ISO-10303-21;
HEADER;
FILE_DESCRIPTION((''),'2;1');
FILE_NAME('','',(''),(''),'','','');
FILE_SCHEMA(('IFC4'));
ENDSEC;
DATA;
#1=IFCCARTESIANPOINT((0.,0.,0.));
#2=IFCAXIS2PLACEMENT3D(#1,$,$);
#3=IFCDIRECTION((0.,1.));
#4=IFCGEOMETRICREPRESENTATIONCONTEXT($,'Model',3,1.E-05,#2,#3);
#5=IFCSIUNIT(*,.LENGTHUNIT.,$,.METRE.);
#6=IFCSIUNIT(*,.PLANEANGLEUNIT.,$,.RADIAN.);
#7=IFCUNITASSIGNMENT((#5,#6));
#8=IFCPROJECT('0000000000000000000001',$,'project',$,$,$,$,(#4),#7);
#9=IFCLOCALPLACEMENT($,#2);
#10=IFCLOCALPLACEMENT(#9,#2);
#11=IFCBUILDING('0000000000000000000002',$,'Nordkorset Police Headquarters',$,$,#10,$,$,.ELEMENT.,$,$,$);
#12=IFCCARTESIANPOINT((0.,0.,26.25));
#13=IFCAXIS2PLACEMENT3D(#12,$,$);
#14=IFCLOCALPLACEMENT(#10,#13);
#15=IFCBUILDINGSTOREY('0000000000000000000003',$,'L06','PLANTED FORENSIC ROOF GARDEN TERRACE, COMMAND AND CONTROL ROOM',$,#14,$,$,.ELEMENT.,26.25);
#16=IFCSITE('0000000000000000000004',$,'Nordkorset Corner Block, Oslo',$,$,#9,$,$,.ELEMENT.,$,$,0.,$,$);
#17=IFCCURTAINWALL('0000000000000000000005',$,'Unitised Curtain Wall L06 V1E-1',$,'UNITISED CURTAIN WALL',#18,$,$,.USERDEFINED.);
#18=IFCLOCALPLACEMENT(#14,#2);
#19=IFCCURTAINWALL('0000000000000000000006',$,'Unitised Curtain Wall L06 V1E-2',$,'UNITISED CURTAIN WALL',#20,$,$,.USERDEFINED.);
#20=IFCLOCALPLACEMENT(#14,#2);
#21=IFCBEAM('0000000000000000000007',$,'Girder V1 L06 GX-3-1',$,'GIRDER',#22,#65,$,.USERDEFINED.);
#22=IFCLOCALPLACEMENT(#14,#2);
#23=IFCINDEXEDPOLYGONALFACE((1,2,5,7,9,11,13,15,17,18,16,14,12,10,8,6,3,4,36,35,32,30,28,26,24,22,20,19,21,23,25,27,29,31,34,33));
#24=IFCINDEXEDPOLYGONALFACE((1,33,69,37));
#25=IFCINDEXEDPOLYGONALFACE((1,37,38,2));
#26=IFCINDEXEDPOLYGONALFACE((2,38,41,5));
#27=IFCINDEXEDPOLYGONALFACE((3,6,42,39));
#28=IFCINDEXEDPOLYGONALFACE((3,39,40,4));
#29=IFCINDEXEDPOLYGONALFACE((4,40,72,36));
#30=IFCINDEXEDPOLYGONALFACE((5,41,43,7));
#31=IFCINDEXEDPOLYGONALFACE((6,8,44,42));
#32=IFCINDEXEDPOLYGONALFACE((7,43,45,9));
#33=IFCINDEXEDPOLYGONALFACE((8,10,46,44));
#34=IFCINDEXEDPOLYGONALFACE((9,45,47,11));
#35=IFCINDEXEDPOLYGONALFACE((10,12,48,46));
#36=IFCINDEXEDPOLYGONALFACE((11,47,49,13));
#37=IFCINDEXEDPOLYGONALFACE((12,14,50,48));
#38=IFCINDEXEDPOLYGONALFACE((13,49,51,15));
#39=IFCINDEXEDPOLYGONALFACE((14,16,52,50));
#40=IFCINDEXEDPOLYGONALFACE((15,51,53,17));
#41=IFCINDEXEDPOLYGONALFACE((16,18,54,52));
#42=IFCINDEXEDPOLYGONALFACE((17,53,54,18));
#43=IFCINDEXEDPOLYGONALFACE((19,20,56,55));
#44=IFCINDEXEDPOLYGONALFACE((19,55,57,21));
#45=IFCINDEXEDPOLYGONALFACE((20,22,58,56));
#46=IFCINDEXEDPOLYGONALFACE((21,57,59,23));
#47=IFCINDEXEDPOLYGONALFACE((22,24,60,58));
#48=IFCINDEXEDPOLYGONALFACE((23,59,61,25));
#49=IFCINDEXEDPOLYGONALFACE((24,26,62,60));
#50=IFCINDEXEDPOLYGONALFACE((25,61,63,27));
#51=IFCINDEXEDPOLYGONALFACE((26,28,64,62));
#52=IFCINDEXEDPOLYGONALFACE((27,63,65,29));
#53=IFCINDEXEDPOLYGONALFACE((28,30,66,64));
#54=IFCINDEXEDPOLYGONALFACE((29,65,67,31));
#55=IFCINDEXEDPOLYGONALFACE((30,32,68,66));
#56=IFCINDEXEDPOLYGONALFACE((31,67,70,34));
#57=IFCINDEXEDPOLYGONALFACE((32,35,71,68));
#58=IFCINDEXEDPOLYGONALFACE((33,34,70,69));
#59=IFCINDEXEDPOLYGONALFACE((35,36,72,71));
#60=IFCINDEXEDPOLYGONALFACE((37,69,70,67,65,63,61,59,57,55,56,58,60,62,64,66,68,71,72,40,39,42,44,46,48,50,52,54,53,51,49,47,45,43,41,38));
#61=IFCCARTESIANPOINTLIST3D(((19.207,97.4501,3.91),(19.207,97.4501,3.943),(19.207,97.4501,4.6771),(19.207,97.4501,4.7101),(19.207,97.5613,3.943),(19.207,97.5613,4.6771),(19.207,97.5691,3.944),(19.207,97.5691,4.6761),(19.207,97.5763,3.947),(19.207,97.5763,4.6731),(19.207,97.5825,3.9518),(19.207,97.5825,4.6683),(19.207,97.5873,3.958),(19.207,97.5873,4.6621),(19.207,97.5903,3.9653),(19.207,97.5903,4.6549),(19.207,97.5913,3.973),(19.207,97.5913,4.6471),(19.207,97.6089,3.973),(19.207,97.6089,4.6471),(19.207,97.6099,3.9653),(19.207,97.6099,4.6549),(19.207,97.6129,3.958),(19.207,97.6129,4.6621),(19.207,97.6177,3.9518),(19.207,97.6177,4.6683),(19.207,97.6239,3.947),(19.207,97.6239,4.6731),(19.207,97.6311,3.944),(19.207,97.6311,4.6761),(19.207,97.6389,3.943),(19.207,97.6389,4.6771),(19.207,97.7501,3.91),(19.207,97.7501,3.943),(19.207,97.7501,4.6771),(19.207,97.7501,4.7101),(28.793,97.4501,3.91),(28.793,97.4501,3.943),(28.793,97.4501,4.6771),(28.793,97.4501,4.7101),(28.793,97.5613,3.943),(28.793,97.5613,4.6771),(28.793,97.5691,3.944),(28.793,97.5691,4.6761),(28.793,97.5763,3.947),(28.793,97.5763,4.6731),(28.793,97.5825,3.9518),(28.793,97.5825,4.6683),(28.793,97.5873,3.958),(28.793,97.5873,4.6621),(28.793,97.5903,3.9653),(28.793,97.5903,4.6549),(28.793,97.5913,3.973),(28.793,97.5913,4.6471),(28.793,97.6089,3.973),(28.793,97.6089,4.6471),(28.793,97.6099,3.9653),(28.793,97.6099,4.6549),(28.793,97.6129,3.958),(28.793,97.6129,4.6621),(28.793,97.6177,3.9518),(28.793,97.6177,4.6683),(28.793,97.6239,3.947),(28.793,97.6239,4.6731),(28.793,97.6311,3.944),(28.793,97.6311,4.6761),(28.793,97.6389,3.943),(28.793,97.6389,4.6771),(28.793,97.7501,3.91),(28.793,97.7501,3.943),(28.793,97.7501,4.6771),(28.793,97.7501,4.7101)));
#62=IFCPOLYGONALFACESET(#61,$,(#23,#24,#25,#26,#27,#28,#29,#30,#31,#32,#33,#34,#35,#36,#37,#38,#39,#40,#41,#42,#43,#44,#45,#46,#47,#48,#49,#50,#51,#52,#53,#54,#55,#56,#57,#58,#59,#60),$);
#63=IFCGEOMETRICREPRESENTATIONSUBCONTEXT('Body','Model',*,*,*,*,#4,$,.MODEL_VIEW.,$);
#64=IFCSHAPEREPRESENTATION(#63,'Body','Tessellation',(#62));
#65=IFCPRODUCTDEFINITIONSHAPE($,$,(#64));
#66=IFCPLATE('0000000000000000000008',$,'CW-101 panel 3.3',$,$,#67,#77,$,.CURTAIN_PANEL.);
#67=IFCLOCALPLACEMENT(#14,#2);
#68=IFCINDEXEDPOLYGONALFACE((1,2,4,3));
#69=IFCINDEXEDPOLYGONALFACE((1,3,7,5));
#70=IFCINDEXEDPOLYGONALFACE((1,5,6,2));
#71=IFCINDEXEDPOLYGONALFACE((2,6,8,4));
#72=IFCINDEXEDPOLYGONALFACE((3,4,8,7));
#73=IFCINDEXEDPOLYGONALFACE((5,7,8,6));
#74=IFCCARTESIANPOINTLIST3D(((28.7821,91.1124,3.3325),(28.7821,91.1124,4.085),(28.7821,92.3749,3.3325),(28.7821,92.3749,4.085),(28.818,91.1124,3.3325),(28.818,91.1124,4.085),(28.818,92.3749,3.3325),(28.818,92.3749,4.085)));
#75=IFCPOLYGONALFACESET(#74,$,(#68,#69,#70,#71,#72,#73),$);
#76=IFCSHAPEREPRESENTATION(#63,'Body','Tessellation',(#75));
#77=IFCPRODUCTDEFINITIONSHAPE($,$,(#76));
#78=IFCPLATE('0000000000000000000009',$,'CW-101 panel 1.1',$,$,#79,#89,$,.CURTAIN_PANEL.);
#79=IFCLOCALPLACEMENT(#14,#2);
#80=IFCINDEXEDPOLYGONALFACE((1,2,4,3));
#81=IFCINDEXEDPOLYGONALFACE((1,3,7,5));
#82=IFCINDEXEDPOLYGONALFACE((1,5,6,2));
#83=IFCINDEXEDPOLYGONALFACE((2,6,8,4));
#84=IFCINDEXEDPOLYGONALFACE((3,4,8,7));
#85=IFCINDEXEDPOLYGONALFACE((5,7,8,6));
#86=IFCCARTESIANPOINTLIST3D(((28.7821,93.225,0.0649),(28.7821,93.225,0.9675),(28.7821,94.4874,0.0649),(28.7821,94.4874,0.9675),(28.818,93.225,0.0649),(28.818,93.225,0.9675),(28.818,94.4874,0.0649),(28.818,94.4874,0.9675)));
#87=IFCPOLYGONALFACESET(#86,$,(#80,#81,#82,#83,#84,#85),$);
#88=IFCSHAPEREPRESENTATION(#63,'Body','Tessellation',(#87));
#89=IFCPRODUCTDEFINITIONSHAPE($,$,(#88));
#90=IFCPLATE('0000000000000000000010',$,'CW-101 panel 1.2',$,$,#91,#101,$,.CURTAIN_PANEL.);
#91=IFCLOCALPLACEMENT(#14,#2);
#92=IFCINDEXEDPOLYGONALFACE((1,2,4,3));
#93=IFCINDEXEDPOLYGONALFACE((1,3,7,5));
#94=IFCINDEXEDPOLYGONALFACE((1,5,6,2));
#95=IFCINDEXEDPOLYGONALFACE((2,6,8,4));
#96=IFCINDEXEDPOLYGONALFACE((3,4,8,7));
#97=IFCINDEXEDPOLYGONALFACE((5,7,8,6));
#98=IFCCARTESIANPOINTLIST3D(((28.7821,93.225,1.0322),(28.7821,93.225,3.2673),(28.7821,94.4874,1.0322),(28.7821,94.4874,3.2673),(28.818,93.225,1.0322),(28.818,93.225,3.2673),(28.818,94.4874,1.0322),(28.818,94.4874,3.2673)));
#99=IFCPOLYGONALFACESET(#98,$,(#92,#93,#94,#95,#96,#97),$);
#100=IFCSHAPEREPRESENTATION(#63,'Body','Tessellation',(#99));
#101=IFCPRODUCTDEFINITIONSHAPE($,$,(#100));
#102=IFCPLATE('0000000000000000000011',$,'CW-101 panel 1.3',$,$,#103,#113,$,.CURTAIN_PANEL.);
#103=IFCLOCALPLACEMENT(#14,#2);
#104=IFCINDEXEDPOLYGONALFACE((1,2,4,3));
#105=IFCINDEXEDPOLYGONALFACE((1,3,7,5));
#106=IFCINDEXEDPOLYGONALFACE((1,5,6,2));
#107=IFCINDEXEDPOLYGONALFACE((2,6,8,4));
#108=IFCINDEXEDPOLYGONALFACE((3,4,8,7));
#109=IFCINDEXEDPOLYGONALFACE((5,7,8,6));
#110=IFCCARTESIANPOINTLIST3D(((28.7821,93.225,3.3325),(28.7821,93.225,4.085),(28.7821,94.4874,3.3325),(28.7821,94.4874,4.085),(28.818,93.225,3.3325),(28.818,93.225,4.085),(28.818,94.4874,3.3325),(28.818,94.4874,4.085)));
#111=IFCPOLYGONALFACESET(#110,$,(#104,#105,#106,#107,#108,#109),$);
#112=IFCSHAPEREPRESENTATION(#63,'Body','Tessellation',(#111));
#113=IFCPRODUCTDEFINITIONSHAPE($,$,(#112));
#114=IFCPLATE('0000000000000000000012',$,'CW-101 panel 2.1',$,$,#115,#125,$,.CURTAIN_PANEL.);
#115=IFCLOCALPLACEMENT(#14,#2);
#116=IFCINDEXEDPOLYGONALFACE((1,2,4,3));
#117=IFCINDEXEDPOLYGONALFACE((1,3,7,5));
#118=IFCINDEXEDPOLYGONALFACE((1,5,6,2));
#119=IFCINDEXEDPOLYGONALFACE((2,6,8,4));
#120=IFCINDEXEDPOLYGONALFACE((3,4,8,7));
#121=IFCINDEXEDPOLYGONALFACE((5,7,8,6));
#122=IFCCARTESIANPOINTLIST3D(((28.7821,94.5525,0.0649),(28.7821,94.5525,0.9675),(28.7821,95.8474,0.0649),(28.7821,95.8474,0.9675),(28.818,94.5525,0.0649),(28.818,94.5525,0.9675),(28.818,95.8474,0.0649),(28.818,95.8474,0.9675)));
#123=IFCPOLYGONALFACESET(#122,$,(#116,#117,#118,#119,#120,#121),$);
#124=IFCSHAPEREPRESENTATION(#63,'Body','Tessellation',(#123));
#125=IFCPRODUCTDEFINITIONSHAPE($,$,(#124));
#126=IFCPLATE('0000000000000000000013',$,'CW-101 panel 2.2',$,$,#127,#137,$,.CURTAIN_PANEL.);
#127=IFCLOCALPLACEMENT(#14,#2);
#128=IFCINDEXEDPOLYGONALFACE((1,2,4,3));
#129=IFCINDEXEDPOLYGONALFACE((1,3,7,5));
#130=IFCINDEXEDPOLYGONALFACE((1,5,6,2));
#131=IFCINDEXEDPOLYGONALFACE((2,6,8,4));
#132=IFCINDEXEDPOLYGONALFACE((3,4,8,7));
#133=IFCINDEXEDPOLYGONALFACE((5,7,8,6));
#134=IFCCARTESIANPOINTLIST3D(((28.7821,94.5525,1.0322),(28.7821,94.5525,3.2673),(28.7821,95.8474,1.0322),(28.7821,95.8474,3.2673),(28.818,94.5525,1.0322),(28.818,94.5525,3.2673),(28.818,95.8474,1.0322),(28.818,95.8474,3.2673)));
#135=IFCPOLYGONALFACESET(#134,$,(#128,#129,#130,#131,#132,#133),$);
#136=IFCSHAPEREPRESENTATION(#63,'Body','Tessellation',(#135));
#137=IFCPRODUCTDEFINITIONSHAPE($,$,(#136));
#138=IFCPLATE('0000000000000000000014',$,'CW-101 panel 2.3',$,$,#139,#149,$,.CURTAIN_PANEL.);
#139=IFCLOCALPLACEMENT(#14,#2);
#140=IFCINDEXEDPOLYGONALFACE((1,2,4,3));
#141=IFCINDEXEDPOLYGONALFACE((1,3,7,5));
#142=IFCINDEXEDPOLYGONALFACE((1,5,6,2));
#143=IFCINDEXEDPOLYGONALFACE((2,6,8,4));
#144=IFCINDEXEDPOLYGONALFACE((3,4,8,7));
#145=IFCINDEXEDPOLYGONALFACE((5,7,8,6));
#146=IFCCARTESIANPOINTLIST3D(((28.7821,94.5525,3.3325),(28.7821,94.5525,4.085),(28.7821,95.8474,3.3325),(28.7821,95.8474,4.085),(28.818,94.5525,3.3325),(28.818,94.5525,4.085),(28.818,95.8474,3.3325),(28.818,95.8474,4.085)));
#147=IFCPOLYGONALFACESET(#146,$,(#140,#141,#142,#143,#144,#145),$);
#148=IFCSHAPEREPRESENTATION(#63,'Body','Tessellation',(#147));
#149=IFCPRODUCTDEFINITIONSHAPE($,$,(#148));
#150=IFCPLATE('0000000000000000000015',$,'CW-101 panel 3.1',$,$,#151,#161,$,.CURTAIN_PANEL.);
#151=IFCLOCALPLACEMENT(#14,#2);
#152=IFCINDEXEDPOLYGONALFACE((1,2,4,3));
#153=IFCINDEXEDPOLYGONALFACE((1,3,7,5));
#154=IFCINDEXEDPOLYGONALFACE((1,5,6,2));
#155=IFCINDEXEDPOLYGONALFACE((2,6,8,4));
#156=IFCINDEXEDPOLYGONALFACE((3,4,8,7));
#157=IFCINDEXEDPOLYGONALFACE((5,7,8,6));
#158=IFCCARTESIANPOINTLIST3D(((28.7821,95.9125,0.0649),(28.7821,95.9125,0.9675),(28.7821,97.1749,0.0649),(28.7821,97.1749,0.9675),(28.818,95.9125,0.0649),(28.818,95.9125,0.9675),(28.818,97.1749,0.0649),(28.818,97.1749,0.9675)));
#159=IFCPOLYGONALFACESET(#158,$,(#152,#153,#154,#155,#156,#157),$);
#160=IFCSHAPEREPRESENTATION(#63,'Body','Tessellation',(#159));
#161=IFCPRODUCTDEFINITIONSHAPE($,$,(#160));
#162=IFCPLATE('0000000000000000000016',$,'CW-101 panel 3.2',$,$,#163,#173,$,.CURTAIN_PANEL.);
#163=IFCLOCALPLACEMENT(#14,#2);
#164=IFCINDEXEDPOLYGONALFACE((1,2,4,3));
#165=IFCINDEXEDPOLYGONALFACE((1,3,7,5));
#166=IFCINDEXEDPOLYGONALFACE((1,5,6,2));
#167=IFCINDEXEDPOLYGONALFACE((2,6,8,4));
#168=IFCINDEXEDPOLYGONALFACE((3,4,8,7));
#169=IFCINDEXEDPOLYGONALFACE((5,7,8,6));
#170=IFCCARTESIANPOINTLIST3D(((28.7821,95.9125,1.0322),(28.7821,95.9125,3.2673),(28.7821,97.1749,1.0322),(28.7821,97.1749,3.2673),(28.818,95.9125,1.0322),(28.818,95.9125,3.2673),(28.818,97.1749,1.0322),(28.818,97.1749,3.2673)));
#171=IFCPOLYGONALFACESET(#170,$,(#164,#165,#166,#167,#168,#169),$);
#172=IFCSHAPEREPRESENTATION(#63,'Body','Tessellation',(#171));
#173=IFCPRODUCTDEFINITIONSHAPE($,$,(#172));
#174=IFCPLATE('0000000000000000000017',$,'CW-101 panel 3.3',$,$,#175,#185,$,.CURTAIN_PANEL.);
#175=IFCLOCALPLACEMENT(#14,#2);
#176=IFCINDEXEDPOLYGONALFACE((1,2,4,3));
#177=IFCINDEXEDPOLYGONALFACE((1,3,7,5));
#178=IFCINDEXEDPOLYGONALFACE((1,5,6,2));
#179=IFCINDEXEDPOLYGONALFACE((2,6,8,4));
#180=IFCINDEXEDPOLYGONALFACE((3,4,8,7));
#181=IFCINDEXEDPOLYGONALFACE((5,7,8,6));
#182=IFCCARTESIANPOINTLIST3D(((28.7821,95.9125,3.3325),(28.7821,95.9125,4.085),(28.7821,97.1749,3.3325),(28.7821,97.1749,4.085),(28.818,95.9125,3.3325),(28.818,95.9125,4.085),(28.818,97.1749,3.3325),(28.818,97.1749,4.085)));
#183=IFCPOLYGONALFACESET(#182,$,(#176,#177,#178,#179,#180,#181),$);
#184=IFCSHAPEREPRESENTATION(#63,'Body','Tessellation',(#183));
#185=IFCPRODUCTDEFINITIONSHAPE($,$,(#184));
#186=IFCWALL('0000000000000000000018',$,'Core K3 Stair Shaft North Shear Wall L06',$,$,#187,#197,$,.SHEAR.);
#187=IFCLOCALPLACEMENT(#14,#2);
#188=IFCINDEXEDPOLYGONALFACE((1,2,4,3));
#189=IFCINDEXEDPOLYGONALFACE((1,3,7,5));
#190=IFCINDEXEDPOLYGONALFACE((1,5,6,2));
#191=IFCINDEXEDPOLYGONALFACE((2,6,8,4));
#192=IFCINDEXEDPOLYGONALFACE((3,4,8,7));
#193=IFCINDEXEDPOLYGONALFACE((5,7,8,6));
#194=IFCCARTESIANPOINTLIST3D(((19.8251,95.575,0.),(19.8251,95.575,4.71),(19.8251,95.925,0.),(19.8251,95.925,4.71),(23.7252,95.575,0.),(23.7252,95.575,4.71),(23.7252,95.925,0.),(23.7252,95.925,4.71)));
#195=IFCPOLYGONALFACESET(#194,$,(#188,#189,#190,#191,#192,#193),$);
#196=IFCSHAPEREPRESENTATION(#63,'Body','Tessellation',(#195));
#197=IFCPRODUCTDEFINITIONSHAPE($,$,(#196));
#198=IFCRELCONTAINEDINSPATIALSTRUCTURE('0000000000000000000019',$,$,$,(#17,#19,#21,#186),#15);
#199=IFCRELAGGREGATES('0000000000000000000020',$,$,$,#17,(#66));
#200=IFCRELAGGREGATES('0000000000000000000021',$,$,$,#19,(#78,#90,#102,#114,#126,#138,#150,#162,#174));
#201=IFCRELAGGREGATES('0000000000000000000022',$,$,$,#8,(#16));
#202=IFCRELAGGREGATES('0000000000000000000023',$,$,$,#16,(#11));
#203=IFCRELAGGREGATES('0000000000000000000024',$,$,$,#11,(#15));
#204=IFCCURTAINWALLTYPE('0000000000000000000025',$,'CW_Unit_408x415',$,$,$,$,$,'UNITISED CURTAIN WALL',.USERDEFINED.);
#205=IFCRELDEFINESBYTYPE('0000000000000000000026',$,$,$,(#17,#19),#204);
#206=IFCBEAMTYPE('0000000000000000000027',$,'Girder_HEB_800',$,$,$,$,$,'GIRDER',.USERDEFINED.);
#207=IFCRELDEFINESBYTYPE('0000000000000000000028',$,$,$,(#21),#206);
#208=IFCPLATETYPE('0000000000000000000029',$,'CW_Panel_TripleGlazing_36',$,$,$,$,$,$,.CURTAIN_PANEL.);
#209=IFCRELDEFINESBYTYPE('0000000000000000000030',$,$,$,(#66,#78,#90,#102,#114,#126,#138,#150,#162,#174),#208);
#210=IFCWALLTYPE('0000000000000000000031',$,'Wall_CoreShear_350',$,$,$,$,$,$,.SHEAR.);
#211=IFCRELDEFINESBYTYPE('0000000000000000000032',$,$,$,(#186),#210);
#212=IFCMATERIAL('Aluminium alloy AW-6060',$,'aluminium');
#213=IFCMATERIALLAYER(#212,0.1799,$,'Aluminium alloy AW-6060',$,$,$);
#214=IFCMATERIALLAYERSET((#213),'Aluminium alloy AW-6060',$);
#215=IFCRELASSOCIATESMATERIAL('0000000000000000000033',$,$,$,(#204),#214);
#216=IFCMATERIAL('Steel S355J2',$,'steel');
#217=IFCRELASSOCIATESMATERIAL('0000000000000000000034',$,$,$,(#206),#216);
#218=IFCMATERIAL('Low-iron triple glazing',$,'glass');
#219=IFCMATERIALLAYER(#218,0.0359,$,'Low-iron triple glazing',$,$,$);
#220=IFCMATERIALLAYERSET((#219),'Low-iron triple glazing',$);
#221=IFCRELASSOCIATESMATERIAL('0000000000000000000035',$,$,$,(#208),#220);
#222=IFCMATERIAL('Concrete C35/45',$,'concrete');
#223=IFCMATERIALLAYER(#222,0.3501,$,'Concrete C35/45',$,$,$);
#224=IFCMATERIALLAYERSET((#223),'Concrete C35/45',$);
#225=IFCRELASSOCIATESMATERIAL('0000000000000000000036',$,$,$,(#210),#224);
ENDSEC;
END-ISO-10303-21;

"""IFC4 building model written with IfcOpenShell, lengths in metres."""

from ifc_helpers import new_model, si_unit, direction, frame, frame_2d, origin, origin_2d, place, context, subcontext, project, spatial, rectangle, i_section, extrude, material, layer, layer_set, material_profile, profile_set, type_object, element, aggregate, save


model = new_model("IFC4")

# Units and contexts
model_context = context("Model", 3, precision=1e-05, world=origin(), true_north=direction((0.0, 1.0)))
body_context = subcontext(model_context, "Body", "Model", "MODEL_VIEW")
ifc_project = project(units=[si_unit("LENGTHUNIT", "METRE"), si_unit("PLANEANGLEUNIT", "RADIAN")], contexts=[model_context])

# Site, building, storey
site_placement = place(None, origin())
site = spatial("IfcSite", under=ifc_project, at=site_placement, Name="Nordkorset Corner Block, Oslo", CompositionType="ELEMENT", RefElevation=0.0)
building_placement = place(site_placement, origin())
building = spatial("IfcBuilding", under=site, at=building_placement, Name="Nordkorset Police Headquarters", CompositionType="ELEMENT")
storey_placement = place(building_placement, frame((0.0, 0.0, 26.25)))
storey = spatial("IfcBuildingStorey", under=building, at=storey_placement, Name="L06", Description="PLANTED FORENSIC ROOF GARDEN TERRACE, COMMAND AND CONTROL ROOM", CompositionType="ELEMENT", Elevation=26.25)

# Curtain wall
ifc_material_1 = material(Name="Aluminium alloy AW-6060", Category="aluminium")
ifc_layer_1 = layer(ifc_material_1, 0.1799, Name="Aluminium alloy AW-6060")
ifc_layer_set_1 = layer_set([ifc_layer_1], Name="Aluminium alloy AW-6060")
curtain_wall_type = type_object("IfcCurtainWallType", Name="CW_Unit_408x415", ElementType="UNITISED CURTAIN WALL", PredefinedType="USERDEFINED", material=ifc_layer_set_1)
curtain_wall_1_placement = place(storey_placement, origin())
curtain_wall_1 = element("IfcCurtainWall", 1, at=curtain_wall_1_placement, inside=storey, type_object=curtain_wall_type, Name="Unitised Curtain Wall L06 V1E-1", ObjectType="UNITISED CURTAIN WALL", PredefinedType="USERDEFINED")

# Curtain wall
curtain_wall_2_placement = place(storey_placement, origin())
curtain_wall_2 = element("IfcCurtainWall", 2, at=curtain_wall_2_placement, inside=storey, type_object=curtain_wall_type, Name="Unitised Curtain Wall L06 V1E-2", ObjectType="UNITISED CURTAIN WALL", PredefinedType="USERDEFINED")

# Beam
ifc_material_2 = material(Name="Steel S355J2", Category="steel")
ifc_material_profile_1 = material_profile(ifc_material_2, i_section(OverallWidth=0.3, OverallDepth=0.8, WebThickness=0.0176, FlangeThickness=0.033, FilletRadius=0.03, at=origin_2d()), Name="HEB 800")
ifc_profile_set_1 = profile_set([ifc_material_profile_1], Name="Steel S355J2")
beam_type_1 = type_object("IfcBeamType", Name="Girder_HEB_800", ElementType="GIRDER", PredefinedType="USERDEFINED", material=ifc_profile_set_1)
beam_placement = place(storey_placement, frame((19.207, 97.6001, 4.3101), z_axis=(1.0, 0.0, 0.0), x_axis=(0.0, 1.0, 0.0)))
element("IfcBeam", 3, at=beam_placement, inside=storey, type_object=beam_type_1, Name="Girder V1 L06 GX-3-1", ObjectType="GIRDER", PredefinedType="USERDEFINED", context=body_context, shape_type="SweptSolid", body=[
    extrude(i_section(OverallWidth=0.3, OverallDepth=0.8, WebThickness=0.0176, FlangeThickness=0.033, FilletRadius=0.03, at=origin_2d()), origin(), (0.0, 0.0, 1.0), 9.5859),
])

# Plates
ifc_material_3 = material(Name="Low-iron triple glazing", Category="glass")
ifc_layer_2 = layer(ifc_material_3, 0.0359, Name="Low-iron triple glazing")
ifc_layer_set_2 = layer_set([ifc_layer_2], Name="Low-iron triple glazing")
plate_type = type_object("IfcPlateType", Name="CW_Panel_TripleGlazing_36", PredefinedType="CURTAIN_PANEL", material=ifc_layer_set_2)
plate_1_placement = place(storey_placement, frame((28.8, 91.7437, 3.3325), z_axis=(0.0, 0.0, 1.0), x_axis=(0.0, 1.0, 0.0)))
plate_1 = element("IfcPlate", 4, at=plate_1_placement, type_object=plate_type, Name="CW-101 panel 3.3", PredefinedType="CURTAIN_PANEL", context=body_context, shape_type="SweptSolid", body=[
    extrude(rectangle(XDim=1.2625, YDim=0.0359, at=origin_2d()), origin(), (0.0, 0.0, 1.0), 0.7524),
])
aggregate(curtain_wall_1, [plate_1])
plate_2_placement = place(storey_placement, frame((28.8, 93.8562, 0.0649), z_axis=(0.0, 0.0, 1.0), x_axis=(0.0, 1.0, 0.0)))
plate_2 = element("IfcPlate", 5, at=plate_2_placement, type_object=plate_type, Name="CW-101 panel 1.1", PredefinedType="CURTAIN_PANEL", context=body_context, shape_type="SweptSolid", body=[
    extrude(rectangle(XDim=1.2625, YDim=0.0359, at=origin_2d()), origin(), (0.0, 0.0, 1.0), 0.9026),
])
plate_3_placement = place(storey_placement, frame((28.8, 93.8562, 1.0322), z_axis=(0.0, 0.0, 1.0), x_axis=(0.0, 1.0, 0.0)))
plate_3 = element("IfcPlate", 6, at=plate_3_placement, type_object=plate_type, Name="CW-101 panel 1.2", PredefinedType="CURTAIN_PANEL", context=body_context, shape_type="SweptSolid", body=[
    extrude(rectangle(XDim=1.2625, YDim=0.0359, at=origin_2d()), origin(), (0.0, 0.0, 1.0), 2.2351),
])
plate_4_placement = place(storey_placement, frame((28.8, 93.8562, 3.3325), z_axis=(0.0, 0.0, 1.0), x_axis=(0.0, 1.0, 0.0)))
plate_4 = element("IfcPlate", 7, at=plate_4_placement, type_object=plate_type, Name="CW-101 panel 1.3", PredefinedType="CURTAIN_PANEL", context=body_context, shape_type="SweptSolid", body=[
    extrude(rectangle(XDim=1.2625, YDim=0.0359, at=origin_2d()), origin(), (0.0, 0.0, 1.0), 0.7524),
])
plate_5_placement = place(storey_placement, frame((28.8, 95.2, 0.0649), z_axis=(0.0, 0.0, 1.0), x_axis=(0.0, 1.0, 0.0)))
plate_5 = element("IfcPlate", 8, at=plate_5_placement, type_object=plate_type, Name="CW-101 panel 2.1", PredefinedType="CURTAIN_PANEL", context=body_context, shape_type="SweptSolid", body=[
    extrude(rectangle(XDim=1.2949, YDim=0.0359, at=origin_2d()), origin(), (0.0, 0.0, 1.0), 0.9026),
])
plate_6_placement = place(storey_placement, frame((28.8, 95.2, 1.0322), z_axis=(0.0, 0.0, 1.0), x_axis=(0.0, 1.0, 0.0)))
plate_6 = element("IfcPlate", 9, at=plate_6_placement, type_object=plate_type, Name="CW-101 panel 2.2", PredefinedType="CURTAIN_PANEL", context=body_context, shape_type="SweptSolid", body=[
    extrude(rectangle(XDim=1.2949, YDim=0.0359, at=origin_2d()), origin(), (0.0, 0.0, 1.0), 2.2351),
])
plate_7_placement = place(storey_placement, frame((28.8, 95.2, 3.3325), z_axis=(0.0, 0.0, 1.0), x_axis=(0.0, 1.0, 0.0)))
plate_7 = element("IfcPlate", 10, at=plate_7_placement, type_object=plate_type, Name="CW-101 panel 2.3", PredefinedType="CURTAIN_PANEL", context=body_context, shape_type="SweptSolid", body=[
    extrude(rectangle(XDim=1.2949, YDim=0.0359, at=origin_2d()), origin(), (0.0, 0.0, 1.0), 0.7524),
])
plate_8_placement = place(storey_placement, frame((28.8, 96.5437, 0.0649), z_axis=(0.0, 0.0, 1.0), x_axis=(0.0, 1.0, 0.0)))
plate_8 = element("IfcPlate", 11, at=plate_8_placement, type_object=plate_type, Name="CW-101 panel 3.1", PredefinedType="CURTAIN_PANEL", context=body_context, shape_type="SweptSolid", body=[
    extrude(rectangle(XDim=1.2625, YDim=0.0359, at=origin_2d()), origin(), (0.0, 0.0, 1.0), 0.9026),
])
plate_9_placement = place(storey_placement, frame((28.8, 96.5437, 1.0322), z_axis=(0.0, 0.0, 1.0), x_axis=(0.0, 1.0, 0.0)))
plate_9 = element("IfcPlate", 12, at=plate_9_placement, type_object=plate_type, Name="CW-101 panel 3.2", PredefinedType="CURTAIN_PANEL", context=body_context, shape_type="SweptSolid", body=[
    extrude(rectangle(XDim=1.2625, YDim=0.0359, at=origin_2d()), origin(), (0.0, 0.0, 1.0), 2.2351),
])
plate_10_placement = place(storey_placement, frame((28.8, 96.5437, 3.3325), z_axis=(0.0, 0.0, 1.0), x_axis=(0.0, 1.0, 0.0)))
plate_10 = element("IfcPlate", 13, at=plate_10_placement, type_object=plate_type, Name="CW-101 panel 3.3", PredefinedType="CURTAIN_PANEL", context=body_context, shape_type="SweptSolid", body=[
    extrude(rectangle(XDim=1.2625, YDim=0.0359, at=origin_2d()), origin(), (0.0, 0.0, 1.0), 0.7524),
])
aggregate(curtain_wall_2, [plate_2, plate_3, plate_4, plate_5, plate_6, plate_7, plate_8, plate_9, plate_10])

# Wall
ifc_material_4 = material(Name="Concrete C35/45", Category="concrete")
ifc_layer_3 = layer(ifc_material_4, 0.3501, Name="Concrete C35/45")
ifc_layer_set_3 = layer_set([ifc_layer_3], Name="Concrete C35/45")
wall_type = type_object("IfcWallType", Name="Wall_CoreShear_350", PredefinedType="SHEAR", material=ifc_layer_set_3)
wall_placement = place(storey_placement, frame((19.825, 95.75, 0.0), z_axis=(0.0, 0.0, 1.0), x_axis=(1.0, 0.0, 0.0)))
element("IfcWall", 14, at=wall_placement, inside=storey, type_object=wall_type, Name="Core K3 Stair Shaft North Shear Wall L06", PredefinedType="SHEAR", context=body_context, shape_type="SweptSolid", body=[
    extrude(rectangle(XDim=3.9001, YDim=0.3501, at=frame_2d((1.9502, 0.0))), origin(), (0.0, 0.0, 1.0), 4.71),
])

save(model, "model.ifc")
